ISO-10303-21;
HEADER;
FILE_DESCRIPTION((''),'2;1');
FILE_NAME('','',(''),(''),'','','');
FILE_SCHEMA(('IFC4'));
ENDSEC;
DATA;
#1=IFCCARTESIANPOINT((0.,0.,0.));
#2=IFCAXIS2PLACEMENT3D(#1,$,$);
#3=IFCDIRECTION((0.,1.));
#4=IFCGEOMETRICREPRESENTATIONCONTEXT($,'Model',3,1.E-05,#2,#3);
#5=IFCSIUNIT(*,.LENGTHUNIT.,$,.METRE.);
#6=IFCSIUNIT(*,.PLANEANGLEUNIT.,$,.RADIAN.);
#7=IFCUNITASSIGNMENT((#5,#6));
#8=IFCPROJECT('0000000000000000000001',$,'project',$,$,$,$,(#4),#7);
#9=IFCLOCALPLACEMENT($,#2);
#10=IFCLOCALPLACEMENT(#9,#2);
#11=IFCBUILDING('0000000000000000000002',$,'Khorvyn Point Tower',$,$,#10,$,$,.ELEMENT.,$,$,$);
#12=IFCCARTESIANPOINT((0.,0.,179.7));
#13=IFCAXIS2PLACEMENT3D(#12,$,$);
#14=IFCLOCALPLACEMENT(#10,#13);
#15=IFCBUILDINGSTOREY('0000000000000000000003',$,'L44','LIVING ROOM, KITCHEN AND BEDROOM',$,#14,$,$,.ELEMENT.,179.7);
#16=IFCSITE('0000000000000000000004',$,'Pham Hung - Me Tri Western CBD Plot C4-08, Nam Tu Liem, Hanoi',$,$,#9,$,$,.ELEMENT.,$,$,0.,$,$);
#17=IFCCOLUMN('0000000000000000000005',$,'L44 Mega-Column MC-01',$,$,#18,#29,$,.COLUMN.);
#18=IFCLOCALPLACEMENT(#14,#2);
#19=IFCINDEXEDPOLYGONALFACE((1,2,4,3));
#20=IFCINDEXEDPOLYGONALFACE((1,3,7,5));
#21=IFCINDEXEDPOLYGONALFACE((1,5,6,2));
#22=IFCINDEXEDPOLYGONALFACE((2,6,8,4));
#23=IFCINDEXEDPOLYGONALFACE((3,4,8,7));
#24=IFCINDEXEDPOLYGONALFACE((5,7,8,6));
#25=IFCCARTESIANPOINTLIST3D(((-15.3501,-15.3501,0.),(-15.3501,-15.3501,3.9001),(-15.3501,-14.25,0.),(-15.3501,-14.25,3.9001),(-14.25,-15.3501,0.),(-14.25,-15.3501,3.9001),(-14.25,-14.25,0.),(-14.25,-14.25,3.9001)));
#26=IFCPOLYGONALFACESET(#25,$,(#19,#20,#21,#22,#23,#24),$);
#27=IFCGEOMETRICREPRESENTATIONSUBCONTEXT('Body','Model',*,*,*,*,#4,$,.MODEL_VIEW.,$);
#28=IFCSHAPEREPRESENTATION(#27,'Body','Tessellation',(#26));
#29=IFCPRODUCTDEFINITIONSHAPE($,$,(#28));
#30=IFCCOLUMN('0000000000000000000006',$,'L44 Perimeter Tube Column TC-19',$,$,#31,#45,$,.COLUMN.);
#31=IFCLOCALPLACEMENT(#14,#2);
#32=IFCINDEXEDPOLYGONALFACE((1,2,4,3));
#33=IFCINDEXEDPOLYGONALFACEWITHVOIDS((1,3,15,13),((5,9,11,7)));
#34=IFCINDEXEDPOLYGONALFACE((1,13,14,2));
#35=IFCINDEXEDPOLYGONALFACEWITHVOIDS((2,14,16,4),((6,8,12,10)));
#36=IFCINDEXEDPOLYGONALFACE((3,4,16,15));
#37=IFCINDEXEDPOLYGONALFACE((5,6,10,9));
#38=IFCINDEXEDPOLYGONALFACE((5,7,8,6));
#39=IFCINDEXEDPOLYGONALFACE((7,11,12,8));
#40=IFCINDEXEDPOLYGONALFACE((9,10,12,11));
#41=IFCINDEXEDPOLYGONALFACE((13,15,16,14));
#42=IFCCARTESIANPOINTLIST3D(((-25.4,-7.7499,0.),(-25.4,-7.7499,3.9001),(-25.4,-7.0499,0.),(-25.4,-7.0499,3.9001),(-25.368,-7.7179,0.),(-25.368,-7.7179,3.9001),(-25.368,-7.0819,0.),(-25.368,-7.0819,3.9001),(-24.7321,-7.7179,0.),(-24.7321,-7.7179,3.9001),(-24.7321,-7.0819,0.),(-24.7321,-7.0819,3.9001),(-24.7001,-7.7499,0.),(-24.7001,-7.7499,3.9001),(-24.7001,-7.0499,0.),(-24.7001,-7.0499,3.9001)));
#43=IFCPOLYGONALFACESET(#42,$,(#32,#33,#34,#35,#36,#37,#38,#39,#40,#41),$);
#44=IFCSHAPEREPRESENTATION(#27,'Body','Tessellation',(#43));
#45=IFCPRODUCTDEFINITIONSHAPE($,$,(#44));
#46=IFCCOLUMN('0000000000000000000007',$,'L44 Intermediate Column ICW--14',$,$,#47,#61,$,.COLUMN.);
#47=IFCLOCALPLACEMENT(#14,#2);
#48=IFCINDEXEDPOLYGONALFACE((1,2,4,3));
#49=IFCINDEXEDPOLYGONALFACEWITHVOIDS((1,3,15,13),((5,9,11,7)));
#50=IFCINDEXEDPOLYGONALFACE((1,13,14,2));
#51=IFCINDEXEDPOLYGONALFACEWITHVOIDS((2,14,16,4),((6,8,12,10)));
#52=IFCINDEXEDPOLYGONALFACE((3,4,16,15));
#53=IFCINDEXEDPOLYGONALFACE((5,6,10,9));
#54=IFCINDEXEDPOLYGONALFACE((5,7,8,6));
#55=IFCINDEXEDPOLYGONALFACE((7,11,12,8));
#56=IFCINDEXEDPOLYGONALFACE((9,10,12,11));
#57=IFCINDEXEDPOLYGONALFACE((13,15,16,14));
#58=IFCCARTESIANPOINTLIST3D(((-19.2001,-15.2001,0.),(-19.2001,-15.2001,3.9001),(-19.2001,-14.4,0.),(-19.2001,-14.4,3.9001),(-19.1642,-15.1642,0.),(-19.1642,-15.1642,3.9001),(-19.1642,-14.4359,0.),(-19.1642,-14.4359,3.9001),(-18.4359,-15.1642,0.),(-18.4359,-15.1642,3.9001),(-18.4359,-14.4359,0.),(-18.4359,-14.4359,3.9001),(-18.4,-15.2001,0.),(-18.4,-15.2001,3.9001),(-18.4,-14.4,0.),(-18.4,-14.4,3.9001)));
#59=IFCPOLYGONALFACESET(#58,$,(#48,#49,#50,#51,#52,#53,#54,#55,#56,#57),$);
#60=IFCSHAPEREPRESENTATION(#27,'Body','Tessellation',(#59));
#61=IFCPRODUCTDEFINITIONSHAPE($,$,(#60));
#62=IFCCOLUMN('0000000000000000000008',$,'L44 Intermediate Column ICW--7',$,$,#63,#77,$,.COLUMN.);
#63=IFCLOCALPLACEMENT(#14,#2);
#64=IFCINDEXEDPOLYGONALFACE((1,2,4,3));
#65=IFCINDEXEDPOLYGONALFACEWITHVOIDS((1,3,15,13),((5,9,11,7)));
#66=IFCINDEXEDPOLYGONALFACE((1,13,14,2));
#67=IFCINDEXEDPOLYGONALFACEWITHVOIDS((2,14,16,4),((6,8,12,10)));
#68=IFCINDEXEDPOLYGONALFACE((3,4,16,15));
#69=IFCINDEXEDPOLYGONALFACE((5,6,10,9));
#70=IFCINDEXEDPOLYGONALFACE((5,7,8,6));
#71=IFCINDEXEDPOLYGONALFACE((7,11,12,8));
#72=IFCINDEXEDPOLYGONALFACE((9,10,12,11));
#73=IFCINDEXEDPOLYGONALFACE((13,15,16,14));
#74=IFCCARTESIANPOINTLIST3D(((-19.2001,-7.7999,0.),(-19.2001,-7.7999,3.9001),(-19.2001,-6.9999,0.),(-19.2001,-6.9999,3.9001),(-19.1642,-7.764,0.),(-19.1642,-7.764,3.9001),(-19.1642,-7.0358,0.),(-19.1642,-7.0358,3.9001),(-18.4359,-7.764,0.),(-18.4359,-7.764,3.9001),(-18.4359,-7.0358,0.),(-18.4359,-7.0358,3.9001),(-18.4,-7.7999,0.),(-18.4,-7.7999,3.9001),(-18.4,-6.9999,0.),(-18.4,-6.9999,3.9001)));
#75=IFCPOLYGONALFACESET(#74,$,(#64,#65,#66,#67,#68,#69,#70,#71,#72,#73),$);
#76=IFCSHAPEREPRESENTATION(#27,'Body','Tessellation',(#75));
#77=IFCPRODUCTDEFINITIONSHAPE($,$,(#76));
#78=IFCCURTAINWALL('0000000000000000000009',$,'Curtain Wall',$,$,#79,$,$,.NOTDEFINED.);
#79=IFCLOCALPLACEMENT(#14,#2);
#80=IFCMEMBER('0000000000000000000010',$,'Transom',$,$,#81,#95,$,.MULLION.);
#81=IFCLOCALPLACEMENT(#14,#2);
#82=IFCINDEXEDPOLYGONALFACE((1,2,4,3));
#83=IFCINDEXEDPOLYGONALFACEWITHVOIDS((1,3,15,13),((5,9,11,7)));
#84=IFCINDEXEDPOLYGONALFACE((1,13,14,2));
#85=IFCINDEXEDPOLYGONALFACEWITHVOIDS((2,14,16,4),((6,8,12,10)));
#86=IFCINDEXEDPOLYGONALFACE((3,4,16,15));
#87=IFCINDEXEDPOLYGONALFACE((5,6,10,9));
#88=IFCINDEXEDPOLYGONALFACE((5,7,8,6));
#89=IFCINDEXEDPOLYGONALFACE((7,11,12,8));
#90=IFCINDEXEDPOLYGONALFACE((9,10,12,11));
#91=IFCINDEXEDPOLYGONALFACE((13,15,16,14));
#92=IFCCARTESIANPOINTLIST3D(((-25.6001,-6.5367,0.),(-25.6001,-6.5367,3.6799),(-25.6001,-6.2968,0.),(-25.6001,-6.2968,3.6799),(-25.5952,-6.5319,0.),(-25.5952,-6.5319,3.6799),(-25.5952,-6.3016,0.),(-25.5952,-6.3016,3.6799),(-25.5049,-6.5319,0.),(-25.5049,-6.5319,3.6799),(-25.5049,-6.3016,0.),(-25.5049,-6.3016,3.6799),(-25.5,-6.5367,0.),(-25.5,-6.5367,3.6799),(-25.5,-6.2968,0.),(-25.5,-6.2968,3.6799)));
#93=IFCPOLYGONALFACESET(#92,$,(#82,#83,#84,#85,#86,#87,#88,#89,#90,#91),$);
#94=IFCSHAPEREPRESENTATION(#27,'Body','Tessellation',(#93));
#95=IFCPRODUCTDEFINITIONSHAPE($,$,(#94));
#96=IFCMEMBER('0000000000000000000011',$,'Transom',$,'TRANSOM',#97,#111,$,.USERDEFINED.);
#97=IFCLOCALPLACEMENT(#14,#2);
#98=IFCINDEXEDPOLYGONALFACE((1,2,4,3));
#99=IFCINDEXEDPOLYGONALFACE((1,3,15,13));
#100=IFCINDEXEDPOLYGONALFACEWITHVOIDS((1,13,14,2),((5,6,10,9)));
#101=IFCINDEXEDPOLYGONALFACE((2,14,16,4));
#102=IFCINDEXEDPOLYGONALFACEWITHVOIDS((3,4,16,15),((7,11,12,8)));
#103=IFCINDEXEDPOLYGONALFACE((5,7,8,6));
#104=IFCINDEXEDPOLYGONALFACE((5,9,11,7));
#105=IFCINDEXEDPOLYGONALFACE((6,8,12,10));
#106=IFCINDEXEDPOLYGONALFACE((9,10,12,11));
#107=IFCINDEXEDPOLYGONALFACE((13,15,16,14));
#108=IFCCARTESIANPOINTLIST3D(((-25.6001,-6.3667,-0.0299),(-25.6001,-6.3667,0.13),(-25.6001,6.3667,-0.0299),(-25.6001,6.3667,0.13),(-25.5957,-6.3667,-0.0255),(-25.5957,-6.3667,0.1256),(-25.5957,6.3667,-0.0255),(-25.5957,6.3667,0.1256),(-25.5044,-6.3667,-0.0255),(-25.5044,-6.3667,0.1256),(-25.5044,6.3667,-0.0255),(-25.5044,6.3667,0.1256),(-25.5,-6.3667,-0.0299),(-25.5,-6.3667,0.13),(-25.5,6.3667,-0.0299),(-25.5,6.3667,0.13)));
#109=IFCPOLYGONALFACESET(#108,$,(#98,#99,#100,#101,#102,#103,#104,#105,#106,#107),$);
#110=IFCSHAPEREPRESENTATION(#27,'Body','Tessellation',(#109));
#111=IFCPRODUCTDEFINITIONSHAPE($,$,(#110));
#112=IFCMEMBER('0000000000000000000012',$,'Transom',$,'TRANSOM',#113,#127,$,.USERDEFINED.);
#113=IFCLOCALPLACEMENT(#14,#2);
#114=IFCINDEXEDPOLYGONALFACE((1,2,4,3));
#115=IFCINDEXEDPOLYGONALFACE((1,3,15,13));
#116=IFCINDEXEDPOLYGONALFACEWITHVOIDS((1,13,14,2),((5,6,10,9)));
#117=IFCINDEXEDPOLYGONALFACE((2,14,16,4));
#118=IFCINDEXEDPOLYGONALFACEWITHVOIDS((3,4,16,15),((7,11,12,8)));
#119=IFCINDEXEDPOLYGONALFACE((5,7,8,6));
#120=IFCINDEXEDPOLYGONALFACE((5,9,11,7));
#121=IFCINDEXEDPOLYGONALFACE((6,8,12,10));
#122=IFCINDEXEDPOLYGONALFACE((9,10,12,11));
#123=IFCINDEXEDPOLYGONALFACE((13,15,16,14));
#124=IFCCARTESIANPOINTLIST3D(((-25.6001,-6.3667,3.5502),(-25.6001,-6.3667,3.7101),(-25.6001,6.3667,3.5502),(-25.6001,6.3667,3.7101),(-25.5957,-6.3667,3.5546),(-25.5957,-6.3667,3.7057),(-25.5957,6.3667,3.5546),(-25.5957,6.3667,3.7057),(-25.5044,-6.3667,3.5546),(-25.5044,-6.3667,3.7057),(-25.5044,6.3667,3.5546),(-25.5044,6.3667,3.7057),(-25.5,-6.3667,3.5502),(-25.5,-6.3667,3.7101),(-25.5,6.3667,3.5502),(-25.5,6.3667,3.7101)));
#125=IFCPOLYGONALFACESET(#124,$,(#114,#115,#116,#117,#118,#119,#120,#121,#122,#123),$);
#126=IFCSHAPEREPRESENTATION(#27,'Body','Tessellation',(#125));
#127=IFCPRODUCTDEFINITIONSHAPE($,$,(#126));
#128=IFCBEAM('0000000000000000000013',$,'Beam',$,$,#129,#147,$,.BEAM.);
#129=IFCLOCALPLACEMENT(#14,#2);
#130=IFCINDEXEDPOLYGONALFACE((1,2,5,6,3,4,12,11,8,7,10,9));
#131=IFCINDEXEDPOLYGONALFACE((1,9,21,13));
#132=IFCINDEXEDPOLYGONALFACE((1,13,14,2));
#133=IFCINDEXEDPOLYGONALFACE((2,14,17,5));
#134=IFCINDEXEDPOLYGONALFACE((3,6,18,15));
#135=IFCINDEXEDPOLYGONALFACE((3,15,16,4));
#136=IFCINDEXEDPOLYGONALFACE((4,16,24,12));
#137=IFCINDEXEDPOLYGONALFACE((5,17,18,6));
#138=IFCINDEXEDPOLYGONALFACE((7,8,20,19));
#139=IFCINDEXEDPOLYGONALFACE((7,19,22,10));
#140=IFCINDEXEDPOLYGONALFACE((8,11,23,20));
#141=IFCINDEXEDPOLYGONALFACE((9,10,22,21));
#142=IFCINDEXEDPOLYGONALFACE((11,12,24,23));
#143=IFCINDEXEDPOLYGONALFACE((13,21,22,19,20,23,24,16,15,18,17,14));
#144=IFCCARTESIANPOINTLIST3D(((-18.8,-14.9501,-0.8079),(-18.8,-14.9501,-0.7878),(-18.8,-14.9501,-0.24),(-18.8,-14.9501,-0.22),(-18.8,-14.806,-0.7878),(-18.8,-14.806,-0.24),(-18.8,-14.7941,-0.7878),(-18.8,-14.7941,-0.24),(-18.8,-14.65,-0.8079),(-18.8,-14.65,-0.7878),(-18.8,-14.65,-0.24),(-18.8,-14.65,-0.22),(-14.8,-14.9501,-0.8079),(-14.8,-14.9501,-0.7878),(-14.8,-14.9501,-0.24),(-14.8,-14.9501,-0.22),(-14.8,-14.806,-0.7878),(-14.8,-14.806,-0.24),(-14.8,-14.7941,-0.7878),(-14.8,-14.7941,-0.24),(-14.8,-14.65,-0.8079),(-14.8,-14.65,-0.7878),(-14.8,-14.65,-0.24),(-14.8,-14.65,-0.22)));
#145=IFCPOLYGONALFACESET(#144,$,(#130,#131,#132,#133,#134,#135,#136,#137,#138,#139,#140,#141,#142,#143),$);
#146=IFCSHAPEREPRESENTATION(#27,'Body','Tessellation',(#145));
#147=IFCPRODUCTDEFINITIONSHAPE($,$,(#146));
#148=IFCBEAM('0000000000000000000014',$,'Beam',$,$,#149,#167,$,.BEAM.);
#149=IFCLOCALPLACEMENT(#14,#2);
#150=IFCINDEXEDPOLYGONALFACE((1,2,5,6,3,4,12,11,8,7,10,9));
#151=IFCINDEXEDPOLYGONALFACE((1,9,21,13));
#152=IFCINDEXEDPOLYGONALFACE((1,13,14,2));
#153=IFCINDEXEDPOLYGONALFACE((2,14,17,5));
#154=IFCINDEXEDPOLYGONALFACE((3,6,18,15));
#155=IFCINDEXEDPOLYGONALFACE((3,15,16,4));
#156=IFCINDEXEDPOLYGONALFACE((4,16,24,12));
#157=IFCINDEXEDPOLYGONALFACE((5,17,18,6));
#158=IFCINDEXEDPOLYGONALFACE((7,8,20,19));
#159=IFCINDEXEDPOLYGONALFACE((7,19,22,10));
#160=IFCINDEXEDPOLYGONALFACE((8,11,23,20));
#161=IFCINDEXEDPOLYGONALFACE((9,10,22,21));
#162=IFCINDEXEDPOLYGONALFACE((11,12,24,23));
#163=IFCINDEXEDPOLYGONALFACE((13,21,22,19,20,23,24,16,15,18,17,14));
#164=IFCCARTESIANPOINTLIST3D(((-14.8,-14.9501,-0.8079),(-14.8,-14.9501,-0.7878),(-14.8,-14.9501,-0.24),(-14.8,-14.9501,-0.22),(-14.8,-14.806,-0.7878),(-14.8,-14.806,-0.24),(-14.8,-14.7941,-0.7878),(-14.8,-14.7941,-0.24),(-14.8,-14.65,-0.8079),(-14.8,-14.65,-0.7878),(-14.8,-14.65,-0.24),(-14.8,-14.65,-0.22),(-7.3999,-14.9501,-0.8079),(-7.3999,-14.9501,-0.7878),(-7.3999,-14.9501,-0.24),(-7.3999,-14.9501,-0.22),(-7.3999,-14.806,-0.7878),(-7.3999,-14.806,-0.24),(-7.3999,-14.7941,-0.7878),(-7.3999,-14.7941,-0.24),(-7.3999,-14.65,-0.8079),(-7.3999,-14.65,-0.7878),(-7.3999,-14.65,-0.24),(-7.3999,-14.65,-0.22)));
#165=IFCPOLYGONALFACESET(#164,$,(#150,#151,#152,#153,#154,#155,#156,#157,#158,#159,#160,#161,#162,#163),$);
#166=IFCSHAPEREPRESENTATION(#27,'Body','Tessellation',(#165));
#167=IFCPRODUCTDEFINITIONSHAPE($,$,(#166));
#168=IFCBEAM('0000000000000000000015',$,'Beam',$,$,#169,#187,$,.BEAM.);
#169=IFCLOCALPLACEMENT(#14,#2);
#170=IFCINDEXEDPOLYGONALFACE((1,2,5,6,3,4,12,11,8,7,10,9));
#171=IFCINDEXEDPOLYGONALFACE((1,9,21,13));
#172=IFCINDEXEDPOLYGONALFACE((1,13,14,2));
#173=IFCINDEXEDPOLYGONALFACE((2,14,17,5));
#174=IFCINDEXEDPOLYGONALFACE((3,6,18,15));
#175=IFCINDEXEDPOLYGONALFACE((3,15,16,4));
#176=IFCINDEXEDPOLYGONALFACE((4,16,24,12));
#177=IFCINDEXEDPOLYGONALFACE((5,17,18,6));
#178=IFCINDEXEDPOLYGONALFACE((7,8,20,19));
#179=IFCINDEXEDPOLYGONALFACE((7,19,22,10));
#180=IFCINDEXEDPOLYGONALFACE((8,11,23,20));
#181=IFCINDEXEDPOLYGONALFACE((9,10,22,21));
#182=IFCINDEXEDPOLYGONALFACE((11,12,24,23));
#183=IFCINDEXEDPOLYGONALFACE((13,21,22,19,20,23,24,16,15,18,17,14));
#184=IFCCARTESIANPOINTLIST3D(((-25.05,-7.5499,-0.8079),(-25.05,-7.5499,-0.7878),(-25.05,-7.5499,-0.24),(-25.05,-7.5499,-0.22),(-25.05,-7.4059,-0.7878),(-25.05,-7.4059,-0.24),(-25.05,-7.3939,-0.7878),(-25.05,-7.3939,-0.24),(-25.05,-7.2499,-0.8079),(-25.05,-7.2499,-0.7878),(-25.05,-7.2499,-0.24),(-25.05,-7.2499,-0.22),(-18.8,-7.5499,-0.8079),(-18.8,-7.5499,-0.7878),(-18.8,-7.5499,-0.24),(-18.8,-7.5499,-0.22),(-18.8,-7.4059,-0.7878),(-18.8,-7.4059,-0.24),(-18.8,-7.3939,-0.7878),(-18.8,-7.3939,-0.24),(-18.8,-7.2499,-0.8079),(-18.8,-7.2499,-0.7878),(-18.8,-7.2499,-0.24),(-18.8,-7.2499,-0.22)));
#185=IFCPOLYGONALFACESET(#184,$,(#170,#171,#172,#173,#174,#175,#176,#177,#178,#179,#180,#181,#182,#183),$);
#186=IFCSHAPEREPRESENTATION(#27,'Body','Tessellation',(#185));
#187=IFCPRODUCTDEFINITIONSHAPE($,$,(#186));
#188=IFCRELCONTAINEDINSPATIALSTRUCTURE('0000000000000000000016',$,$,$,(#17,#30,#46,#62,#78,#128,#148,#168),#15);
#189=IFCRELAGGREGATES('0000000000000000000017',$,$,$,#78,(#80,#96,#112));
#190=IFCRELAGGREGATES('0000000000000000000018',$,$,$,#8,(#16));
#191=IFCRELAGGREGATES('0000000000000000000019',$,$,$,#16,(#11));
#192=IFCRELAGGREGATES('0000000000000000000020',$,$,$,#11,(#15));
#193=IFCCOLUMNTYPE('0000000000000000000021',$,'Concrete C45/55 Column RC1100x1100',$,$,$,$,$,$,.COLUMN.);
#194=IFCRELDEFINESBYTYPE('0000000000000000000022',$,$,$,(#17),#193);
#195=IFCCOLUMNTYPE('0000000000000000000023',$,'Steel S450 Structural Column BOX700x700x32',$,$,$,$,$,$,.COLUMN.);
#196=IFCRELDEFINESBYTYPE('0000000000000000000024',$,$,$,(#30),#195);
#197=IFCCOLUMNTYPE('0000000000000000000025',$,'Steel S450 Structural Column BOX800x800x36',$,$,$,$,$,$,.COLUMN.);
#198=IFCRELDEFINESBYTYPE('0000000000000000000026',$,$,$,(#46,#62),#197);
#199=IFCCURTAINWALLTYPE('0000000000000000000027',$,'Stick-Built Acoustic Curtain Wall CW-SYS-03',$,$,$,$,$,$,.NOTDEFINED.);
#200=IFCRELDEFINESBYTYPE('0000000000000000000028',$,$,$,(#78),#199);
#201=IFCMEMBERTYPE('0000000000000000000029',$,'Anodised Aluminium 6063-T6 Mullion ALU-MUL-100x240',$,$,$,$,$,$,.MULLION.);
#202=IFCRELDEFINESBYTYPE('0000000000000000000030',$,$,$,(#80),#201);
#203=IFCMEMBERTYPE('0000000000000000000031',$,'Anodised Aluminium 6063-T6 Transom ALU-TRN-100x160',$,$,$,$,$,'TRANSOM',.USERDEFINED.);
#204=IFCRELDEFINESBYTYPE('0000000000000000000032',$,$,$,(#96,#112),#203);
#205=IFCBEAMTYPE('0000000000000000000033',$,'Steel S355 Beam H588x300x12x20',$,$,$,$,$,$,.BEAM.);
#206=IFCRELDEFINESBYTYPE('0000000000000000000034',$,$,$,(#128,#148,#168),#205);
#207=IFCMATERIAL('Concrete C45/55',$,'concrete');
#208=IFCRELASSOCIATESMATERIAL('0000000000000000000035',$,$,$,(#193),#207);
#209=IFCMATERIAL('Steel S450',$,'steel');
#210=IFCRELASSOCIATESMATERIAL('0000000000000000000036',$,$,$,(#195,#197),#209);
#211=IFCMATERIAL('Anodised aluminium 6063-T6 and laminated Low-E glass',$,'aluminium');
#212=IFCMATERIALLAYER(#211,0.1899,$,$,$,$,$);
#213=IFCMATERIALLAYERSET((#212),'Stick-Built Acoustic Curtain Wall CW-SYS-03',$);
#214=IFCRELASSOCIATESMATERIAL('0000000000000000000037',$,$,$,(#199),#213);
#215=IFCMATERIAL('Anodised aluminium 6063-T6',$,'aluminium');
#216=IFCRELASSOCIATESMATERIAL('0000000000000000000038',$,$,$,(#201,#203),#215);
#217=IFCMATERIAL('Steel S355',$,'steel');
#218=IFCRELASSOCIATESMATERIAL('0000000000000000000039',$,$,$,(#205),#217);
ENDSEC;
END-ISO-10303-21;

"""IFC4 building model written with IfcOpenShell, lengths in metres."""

from ifc_helpers import new_model, si_unit, direction, frame, origin, origin_2d, place, context, subcontext, project, spatial, rectangle, hollow_rectangle, i_section, extrude, material, layer, layer_set, material_profile, profile_set, type_object, element, aggregate, save


model = new_model("IFC4")

# Units and contexts
model_context = context("Model", 3, precision=1e-05, world=origin(), true_north=direction((0.0, 1.0)))
body_context = subcontext(model_context, "Body", "Model", "MODEL_VIEW")
ifc_project = project(units=[si_unit("LENGTHUNIT", "METRE"), si_unit("PLANEANGLEUNIT", "RADIAN")], contexts=[model_context])

# Site, building, storey
site_placement = place(None, origin())
site = spatial("IfcSite", under=ifc_project, at=site_placement, Name="Pham Hung - Me Tri Western CBD Plot C4-08, Nam Tu Liem, Hanoi", CompositionType="ELEMENT", RefElevation=0.0)
building_placement = place(site_placement, origin())
building = spatial("IfcBuilding", under=site, at=building_placement, Name="Khorvyn Point Tower", CompositionType="ELEMENT")
storey_placement = place(building_placement, frame((0.0, 0.0, 179.7)))
storey = spatial("IfcBuildingStorey", under=building, at=storey_placement, Name="L44", Description="LIVING ROOM, KITCHEN AND BEDROOM", CompositionType="ELEMENT", Elevation=179.7)

# Columns
ifc_material_1 = material(Name="Concrete C45/55", Category="concrete")
ifc_material_profile_1 = material_profile(ifc_material_1, rectangle(XDim=1.1001, YDim=1.1001, at=origin_2d()))
ifc_profile_set_1 = profile_set([ifc_material_profile_1], Name="Concrete C45/55 RC1100x1100")
column_type_1 = type_object("IfcColumnType", Name="Concrete C45/55 Column RC1100x1100", PredefinedType="COLUMN", material=ifc_profile_set_1)
column_1_placement = place(storey_placement, frame((-14.8, -14.8, 0.0), z_axis=(0.0, 0.0, 1.0), x_axis=(1.0, 0.0, 0.0)))
element("IfcColumn", 1, at=column_1_placement, inside=storey, type_object=column_type_1, Name="L44 Mega-Column MC-01", PredefinedType="COLUMN", context=body_context, shape_type="SweptSolid", body=[
    extrude(rectangle(XDim=1.1001, YDim=1.1001, at=origin_2d()), origin(), (0.0, 0.0, 1.0), 3.9001),
])
ifc_material_2 = material(Name="Steel S450", Category="steel")
ifc_material_profile_2 = material_profile(ifc_material_2, hollow_rectangle(XDim=0.7, YDim=0.7, WallThickness=0.032, at=origin_2d()))
ifc_profile_set_2 = profile_set([ifc_material_profile_2], Name="Steel S450 BOX700x700x32")
column_type_2 = type_object("IfcColumnType", Name="Steel S450 Structural Column BOX700x700x32", PredefinedType="COLUMN", material=ifc_profile_set_2)
column_2_placement = place(storey_placement, frame((-25.05, -7.3999, 0.0), z_axis=(0.0, 0.0, 1.0), x_axis=(1.0, 0.0, 0.0)))
element("IfcColumn", 2, at=column_2_placement, inside=storey, type_object=column_type_2, Name="L44 Perimeter Tube Column TC-19", PredefinedType="COLUMN", context=body_context, shape_type="SweptSolid", body=[
    extrude(hollow_rectangle(XDim=0.7, YDim=0.7, WallThickness=0.032, at=origin_2d()), origin(), (0.0, 0.0, 1.0), 3.9001),
])
ifc_material_profile_3 = material_profile(ifc_material_2, hollow_rectangle(XDim=0.8, YDim=0.8, WallThickness=0.0359, at=origin_2d()))
ifc_profile_set_3 = profile_set([ifc_material_profile_3], Name="Steel S450 BOX800x800x36")
column_type_3 = type_object("IfcColumnType", Name="Steel S450 Structural Column BOX800x800x36", PredefinedType="COLUMN", material=ifc_profile_set_3)
for number, where, z_axis, x_axis, name in (
    (3, (-18.8, -14.8, 0.0), (0.0, 0.0, 1.0), (1.0, 0.0, 0.0), "L44 Intermediate Column ICW--14"),
    (4, (-18.8, -7.3999, 0.0), (0.0, 0.0, 1.0), (1.0, 0.0, 0.0), "L44 Intermediate Column ICW--7"),
):
    element("IfcColumn", number, at=place(storey_placement, frame(where, z_axis=z_axis, x_axis=x_axis)), inside=storey, type_object=column_type_3, Name=name, PredefinedType="COLUMN", context=body_context, shape_type="SweptSolid", body=[
        extrude(hollow_rectangle(XDim=0.8, YDim=0.8, WallThickness=0.0359, at=origin_2d()), origin(), (0.0, 0.0, 1.0), 3.9001),
    ])

# Curtain wall, members
ifc_material_3 = material(Name="Anodised aluminium 6063-T6 and laminated Low-E glass", Category="aluminium")
ifc_layer_1 = layer(ifc_material_3, 0.1899)
ifc_layer_set_1 = layer_set([ifc_layer_1], Name="Stick-Built Acoustic Curtain Wall CW-SYS-03")
curtain_wall_type = type_object("IfcCurtainWallType", Name="Stick-Built Acoustic Curtain Wall CW-SYS-03", PredefinedType="NOTDEFINED", material=ifc_layer_set_1)
curtain_wall_placement = place(storey_placement, origin())
curtain_wall = element("IfcCurtainWall", 5, at=curtain_wall_placement, inside=storey, type_object=curtain_wall_type, Name="Curtain Wall", PredefinedType="NOTDEFINED")
ifc_material_4 = material(Name="Anodised aluminium 6063-T6", Category="aluminium")
ifc_material_profile_4 = material_profile(ifc_material_4, hollow_rectangle(XDim=0.1001, YDim=0.24, WallThickness=0.0049, at=origin_2d()))
ifc_profile_set_4 = profile_set([ifc_material_profile_4], Name="Anodised aluminium 6063-T6 ALU-MUL-100x240")
member_type_1 = type_object("IfcMemberType", Name="Anodised Aluminium 6063-T6 Mullion ALU-MUL-100x240", PredefinedType="MULLION", material=ifc_profile_set_4)
member_1_placement = place(storey_placement, frame((-25.55, -6.4167, 0.0), z_axis=(0.0, 0.0, 1.0), x_axis=(-1.0, 0.0, 0.0)))
member_1 = element("IfcMember", 6, at=member_1_placement, type_object=member_type_1, Name="Transom", PredefinedType="MULLION", context=body_context, shape_type="SweptSolid", body=[
    extrude(hollow_rectangle(XDim=0.1001, YDim=0.24, WallThickness=0.0049, at=origin_2d()), origin(), (0.0, 0.0, 1.0), 3.6799),
])
ifc_material_profile_5 = material_profile(ifc_material_4, hollow_rectangle(XDim=0.1001, YDim=0.1599, WallThickness=0.0044, at=origin_2d()))
ifc_profile_set_5 = profile_set([ifc_material_profile_5], Name="Anodised aluminium 6063-T6 ALU-TRN-100x160")
member_type_2 = type_object("IfcMemberType", Name="Anodised Aluminium 6063-T6 Transom ALU-TRN-100x160", ElementType="TRANSOM", PredefinedType="USERDEFINED", material=ifc_profile_set_5)
member_2_placement = place(storey_placement, frame((-25.55, -6.3667, 0.05), z_axis=(0.0, 1.0, 0.0), x_axis=(-1.0, 0.0, 0.0)))
member_2 = element("IfcMember", 7, at=member_2_placement, type_object=member_type_2, Name="Transom", ObjectType="TRANSOM", PredefinedType="USERDEFINED", context=body_context, shape_type="SweptSolid", body=[
    extrude(hollow_rectangle(XDim=0.1001, YDim=0.1599, WallThickness=0.0044, at=origin_2d()), origin(), (0.0, 0.0, 1.0), 12.7334),
])
member_3_placement = place(storey_placement, frame((-25.55, -6.3667, 3.6301), z_axis=(0.0, 1.0, 0.0), x_axis=(-1.0, 0.0, 0.0)))
member_3 = element("IfcMember", 8, at=member_3_placement, type_object=member_type_2, Name="Transom", ObjectType="TRANSOM", PredefinedType="USERDEFINED", context=body_context, shape_type="SweptSolid", body=[
    extrude(hollow_rectangle(XDim=0.1001, YDim=0.1599, WallThickness=0.0044, at=origin_2d()), origin(), (0.0, 0.0, 1.0), 12.7334),
])

# Beams
ifc_material_5 = material(Name="Steel S355", Category="steel")
ifc_material_profile_6 = material_profile(ifc_material_5, i_section(OverallWidth=0.3, OverallDepth=0.5879, WebThickness=0.012, FlangeThickness=0.02, at=origin_2d()))
ifc_profile_set_6 = profile_set([ifc_material_profile_6], Name="Steel S355 H588x300x12x20")
beam_type_1 = type_object("IfcBeamType", Name="Steel S355 Beam H588x300x12x20", PredefinedType="BEAM", material=ifc_profile_set_6)
beam_1_placement = place(storey_placement, frame((-18.8, -14.8, -0.5139), z_axis=(1.0, 0.0, 0.0), x_axis=(0.0, 1.0, 0.0)))
element("IfcBeam", 9, at=beam_1_placement, inside=storey, type_object=beam_type_1, Name="Beam", PredefinedType="BEAM", context=body_context, shape_type="SweptSolid", body=[
    extrude(i_section(OverallWidth=0.3, OverallDepth=0.5879, WebThickness=0.012, FlangeThickness=0.02, at=origin_2d()), origin(), (0.0, 0.0, 1.0), 4.0),
])
beam_2_placement = place(storey_placement, frame((-14.8, -14.8, -0.5139), z_axis=(1.0, 0.0, 0.0), x_axis=(0.0, 1.0, 0.0)))
element("IfcBeam", 10, at=beam_2_placement, inside=storey, type_object=beam_type_1, Name="Beam", PredefinedType="BEAM", context=body_context, shape_type="SweptSolid", body=[
    extrude(i_section(OverallWidth=0.3, OverallDepth=0.5879, WebThickness=0.012, FlangeThickness=0.02, at=origin_2d()), origin(), (0.0, 0.0, 1.0), 7.4001),
])
beam_3_placement = place(storey_placement, frame((-25.05, -7.3999, -0.5139), z_axis=(1.0, 0.0, 0.0), x_axis=(0.0, 1.0, 0.0)))
element("IfcBeam", 11, at=beam_3_placement, inside=storey, type_object=beam_type_1, Name="Beam", PredefinedType="BEAM", context=body_context, shape_type="SweptSolid", body=[
    extrude(i_section(OverallWidth=0.3, OverallDepth=0.5879, WebThickness=0.012, FlangeThickness=0.02, at=origin_2d()), origin(), (0.0, 0.0, 1.0), 6.25),
])

aggregate(curtain_wall, [member_1, member_2, member_3])

save(model, "model.ifc")
